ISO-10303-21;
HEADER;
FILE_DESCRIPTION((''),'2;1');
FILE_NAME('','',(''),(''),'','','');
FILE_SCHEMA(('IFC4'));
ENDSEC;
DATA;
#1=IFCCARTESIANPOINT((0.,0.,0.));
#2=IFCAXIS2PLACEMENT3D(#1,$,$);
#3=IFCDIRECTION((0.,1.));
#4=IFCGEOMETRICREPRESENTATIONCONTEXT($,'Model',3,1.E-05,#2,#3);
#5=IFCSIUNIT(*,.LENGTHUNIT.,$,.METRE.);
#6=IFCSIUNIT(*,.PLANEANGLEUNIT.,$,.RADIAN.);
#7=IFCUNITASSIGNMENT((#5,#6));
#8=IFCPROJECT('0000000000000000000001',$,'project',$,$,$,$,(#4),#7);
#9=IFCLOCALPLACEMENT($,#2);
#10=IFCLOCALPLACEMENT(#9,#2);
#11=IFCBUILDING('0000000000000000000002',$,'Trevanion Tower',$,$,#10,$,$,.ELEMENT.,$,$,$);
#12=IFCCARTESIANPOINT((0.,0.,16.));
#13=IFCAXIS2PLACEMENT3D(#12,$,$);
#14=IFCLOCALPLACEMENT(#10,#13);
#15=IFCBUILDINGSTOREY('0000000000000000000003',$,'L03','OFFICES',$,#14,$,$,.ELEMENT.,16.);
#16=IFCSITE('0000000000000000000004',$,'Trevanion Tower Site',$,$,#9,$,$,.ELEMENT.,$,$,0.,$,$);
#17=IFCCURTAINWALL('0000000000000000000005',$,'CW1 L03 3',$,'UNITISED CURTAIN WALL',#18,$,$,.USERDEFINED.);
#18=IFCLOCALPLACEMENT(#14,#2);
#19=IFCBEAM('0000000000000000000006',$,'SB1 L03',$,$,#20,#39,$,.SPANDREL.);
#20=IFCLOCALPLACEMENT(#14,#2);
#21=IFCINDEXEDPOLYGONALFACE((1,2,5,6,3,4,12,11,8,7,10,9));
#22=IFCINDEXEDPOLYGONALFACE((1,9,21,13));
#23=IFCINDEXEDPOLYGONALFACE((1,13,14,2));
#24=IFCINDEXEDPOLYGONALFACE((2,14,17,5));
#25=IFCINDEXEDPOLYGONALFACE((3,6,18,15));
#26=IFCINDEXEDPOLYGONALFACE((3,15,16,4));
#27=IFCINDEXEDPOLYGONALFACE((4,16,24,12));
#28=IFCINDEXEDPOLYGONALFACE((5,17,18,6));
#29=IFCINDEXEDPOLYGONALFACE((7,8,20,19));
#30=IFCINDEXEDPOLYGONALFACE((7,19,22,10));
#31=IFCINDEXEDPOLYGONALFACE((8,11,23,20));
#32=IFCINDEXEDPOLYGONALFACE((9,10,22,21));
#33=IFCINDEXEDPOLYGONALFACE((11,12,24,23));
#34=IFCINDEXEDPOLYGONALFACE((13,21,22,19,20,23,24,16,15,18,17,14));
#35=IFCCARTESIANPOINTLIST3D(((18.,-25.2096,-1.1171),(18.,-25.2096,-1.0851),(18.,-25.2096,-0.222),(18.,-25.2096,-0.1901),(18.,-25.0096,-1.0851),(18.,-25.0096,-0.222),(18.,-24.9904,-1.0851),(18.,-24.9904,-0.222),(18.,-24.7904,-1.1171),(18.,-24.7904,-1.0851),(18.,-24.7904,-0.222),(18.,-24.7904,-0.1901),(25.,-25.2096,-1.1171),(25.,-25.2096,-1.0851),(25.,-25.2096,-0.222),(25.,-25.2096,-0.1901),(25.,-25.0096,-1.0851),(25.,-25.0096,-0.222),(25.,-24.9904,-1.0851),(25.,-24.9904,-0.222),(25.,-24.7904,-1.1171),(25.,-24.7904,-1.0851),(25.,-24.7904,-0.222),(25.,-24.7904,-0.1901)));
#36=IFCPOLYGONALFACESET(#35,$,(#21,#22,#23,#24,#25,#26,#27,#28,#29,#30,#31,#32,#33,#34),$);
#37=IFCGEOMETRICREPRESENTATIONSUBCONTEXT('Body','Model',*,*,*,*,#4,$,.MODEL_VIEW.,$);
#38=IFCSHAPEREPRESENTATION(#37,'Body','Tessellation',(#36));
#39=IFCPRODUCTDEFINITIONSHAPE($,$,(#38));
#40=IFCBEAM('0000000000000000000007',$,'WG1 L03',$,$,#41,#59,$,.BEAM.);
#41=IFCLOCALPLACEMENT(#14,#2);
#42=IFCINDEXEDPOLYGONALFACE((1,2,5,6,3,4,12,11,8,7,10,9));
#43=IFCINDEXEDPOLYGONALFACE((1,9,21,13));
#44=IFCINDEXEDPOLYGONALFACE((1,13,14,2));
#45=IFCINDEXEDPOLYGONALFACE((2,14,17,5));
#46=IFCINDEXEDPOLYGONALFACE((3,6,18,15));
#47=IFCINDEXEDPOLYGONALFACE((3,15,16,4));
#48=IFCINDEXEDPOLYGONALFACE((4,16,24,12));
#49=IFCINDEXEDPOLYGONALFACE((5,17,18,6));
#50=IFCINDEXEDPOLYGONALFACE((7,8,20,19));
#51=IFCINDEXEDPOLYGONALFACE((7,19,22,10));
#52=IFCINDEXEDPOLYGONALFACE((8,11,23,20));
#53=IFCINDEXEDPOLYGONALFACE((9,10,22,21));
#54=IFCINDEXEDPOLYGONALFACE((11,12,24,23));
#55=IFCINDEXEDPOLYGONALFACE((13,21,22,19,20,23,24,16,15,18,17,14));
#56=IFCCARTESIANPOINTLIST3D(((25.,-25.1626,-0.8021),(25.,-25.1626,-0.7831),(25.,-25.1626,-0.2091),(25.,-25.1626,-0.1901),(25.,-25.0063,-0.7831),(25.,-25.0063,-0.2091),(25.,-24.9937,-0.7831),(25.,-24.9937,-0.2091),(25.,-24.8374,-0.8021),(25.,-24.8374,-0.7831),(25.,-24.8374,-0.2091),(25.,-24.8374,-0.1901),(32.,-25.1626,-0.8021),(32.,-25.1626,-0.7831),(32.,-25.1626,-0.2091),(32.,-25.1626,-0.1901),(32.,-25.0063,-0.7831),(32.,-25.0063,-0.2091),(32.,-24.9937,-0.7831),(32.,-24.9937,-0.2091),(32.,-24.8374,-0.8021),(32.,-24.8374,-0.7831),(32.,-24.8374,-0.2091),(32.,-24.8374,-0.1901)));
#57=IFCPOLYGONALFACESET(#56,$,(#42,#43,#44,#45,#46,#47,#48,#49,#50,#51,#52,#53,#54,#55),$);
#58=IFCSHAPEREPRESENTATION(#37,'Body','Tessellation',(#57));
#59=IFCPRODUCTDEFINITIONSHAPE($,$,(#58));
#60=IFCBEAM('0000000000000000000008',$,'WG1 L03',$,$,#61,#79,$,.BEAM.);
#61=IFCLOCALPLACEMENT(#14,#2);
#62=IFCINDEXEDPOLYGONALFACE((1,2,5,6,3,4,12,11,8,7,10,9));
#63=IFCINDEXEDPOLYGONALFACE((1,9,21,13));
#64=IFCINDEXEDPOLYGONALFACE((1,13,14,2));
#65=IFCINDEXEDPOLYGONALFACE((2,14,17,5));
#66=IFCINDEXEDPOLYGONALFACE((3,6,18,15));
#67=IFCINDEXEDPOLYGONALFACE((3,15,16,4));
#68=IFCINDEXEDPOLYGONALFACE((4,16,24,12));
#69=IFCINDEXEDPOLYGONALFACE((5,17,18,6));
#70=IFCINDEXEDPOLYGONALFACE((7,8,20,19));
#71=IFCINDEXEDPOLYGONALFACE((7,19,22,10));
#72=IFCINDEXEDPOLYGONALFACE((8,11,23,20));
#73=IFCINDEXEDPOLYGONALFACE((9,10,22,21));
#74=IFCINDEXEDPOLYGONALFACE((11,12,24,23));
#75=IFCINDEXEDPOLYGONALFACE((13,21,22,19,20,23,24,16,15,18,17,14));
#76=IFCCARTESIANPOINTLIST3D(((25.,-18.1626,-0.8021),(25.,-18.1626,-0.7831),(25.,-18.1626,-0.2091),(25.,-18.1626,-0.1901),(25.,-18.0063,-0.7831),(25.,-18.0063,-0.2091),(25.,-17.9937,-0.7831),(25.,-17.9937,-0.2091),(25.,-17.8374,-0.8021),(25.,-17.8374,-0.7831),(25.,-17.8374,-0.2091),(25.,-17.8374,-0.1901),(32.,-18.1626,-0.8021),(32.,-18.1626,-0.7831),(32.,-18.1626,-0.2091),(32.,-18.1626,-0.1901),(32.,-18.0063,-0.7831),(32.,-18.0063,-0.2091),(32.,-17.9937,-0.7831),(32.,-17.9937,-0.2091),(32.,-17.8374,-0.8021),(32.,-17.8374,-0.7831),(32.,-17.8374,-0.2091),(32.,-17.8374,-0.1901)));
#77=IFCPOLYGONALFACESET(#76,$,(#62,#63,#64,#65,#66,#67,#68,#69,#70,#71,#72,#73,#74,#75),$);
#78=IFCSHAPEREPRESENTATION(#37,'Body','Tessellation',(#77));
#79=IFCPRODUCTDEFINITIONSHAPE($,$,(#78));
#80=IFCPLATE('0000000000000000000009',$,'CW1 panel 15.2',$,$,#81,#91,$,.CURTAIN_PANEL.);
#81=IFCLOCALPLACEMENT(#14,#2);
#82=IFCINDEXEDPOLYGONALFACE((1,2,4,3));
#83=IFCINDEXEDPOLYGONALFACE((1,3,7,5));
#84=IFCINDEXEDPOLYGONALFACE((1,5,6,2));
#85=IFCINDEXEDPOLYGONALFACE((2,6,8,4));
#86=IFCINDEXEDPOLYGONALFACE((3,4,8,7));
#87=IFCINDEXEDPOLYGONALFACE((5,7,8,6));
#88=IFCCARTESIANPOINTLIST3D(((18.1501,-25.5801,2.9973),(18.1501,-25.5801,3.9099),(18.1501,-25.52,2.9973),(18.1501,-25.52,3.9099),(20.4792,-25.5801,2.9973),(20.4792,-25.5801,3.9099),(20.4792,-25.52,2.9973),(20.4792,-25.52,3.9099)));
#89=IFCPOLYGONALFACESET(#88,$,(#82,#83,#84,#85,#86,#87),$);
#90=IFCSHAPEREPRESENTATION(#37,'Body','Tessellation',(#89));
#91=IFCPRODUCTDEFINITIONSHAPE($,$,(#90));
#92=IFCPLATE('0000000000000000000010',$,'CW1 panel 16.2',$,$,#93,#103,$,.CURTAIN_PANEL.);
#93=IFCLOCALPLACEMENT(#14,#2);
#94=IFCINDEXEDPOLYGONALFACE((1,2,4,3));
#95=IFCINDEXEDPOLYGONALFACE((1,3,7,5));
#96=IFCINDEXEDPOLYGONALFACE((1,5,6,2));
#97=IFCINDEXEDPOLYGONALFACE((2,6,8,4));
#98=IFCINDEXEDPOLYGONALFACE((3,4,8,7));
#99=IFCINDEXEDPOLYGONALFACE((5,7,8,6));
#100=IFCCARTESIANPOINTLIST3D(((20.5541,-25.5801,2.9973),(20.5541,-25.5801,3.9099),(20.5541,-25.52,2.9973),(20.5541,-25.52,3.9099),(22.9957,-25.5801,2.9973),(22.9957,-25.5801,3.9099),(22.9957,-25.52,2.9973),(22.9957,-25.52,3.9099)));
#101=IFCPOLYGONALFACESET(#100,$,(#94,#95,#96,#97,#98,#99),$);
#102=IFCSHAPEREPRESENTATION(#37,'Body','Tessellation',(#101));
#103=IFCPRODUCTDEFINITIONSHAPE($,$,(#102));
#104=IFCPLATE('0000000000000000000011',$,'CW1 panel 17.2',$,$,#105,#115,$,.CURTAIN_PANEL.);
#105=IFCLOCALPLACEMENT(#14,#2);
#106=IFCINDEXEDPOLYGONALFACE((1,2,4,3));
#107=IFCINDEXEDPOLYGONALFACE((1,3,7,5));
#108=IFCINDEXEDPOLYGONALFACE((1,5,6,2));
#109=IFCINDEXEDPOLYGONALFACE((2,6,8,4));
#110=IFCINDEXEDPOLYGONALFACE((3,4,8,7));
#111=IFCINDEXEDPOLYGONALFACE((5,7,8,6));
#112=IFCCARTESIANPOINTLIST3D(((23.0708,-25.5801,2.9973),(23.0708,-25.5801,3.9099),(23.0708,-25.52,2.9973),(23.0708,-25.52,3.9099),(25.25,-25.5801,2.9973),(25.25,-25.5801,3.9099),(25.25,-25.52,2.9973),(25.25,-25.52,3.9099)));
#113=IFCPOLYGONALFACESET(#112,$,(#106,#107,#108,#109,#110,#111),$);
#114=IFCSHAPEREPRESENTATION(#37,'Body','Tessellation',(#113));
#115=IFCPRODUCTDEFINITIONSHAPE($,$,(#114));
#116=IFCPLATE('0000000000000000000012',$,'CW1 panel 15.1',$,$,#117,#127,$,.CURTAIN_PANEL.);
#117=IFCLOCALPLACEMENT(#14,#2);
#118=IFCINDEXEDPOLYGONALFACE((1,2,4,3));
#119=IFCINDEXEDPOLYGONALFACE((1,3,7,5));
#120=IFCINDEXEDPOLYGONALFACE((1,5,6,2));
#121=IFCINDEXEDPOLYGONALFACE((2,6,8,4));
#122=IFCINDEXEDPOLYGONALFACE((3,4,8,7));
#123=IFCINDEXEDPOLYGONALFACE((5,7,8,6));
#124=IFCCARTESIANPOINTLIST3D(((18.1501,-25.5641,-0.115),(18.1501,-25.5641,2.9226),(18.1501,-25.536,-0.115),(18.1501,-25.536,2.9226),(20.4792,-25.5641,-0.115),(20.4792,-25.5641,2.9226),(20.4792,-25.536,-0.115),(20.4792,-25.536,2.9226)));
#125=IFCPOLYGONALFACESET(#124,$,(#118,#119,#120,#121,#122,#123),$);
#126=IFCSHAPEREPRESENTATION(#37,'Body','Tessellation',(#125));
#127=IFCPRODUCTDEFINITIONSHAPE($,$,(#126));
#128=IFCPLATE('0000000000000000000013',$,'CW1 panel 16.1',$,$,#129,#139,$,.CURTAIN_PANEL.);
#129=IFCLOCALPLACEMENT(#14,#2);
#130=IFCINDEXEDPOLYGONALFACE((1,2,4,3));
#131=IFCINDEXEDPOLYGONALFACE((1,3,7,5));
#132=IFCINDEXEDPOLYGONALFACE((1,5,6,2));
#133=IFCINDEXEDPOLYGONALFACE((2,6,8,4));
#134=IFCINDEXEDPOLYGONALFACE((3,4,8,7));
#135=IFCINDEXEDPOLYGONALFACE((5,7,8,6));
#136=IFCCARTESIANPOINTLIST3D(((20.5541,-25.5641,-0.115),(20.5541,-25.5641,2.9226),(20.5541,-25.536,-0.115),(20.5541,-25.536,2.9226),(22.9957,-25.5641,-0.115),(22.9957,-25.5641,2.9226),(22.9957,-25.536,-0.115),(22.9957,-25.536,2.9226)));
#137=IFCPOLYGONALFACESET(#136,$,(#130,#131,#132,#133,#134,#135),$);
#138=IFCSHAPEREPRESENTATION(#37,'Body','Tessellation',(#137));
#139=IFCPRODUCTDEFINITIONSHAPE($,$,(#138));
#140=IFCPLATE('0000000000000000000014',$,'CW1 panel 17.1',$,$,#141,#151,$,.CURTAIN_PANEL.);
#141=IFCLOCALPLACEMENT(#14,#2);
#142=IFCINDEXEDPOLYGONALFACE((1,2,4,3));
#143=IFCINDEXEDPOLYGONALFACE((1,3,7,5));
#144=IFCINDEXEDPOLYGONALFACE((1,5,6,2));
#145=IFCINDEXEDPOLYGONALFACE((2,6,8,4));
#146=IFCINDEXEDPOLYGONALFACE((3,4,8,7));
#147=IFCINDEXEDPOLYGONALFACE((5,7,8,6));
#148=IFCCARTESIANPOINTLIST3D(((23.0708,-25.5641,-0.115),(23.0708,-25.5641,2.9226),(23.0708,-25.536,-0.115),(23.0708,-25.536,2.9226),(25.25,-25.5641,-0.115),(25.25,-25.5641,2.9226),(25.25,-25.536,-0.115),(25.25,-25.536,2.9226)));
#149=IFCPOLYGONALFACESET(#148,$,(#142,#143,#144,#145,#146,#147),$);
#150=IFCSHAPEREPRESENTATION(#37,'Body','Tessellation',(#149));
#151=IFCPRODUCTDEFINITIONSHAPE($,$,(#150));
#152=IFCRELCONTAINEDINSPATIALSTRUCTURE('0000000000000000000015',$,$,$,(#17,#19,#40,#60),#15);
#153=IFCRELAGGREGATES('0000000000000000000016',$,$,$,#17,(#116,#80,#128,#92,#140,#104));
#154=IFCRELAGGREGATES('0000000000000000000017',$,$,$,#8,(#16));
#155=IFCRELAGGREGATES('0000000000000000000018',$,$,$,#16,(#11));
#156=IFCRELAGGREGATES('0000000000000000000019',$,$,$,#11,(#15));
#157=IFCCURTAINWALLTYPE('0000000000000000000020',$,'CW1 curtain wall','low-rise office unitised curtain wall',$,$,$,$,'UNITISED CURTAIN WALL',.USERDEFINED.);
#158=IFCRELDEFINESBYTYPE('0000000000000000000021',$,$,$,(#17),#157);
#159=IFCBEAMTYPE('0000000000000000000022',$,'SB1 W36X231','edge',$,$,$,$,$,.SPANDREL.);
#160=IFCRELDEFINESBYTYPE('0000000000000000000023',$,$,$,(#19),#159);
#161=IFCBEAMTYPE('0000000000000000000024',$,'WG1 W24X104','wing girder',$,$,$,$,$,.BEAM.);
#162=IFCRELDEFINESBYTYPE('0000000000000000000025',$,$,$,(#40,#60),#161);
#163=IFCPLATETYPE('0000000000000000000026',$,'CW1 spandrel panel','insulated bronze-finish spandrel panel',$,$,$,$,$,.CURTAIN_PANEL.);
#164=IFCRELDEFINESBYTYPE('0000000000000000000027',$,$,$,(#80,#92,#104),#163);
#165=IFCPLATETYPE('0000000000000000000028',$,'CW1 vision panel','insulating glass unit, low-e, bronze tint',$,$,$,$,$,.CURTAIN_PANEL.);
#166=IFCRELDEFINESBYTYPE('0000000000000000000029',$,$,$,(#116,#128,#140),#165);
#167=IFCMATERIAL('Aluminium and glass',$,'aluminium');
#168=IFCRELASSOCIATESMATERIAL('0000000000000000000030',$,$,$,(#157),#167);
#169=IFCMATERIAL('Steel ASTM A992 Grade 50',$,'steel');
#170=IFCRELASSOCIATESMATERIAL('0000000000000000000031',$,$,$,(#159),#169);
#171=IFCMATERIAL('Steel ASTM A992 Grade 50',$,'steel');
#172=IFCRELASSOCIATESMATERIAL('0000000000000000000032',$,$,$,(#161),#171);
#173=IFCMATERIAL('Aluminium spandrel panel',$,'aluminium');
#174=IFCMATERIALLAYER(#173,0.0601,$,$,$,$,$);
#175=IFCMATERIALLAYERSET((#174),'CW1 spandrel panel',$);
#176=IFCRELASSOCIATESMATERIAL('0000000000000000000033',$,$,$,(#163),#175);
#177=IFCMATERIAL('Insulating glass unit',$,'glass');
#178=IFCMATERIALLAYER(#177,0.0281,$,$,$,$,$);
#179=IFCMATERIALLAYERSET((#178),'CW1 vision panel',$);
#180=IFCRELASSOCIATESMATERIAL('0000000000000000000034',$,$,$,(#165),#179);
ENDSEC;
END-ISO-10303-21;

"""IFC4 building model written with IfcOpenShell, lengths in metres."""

from ifc_helpers import new_model, si_unit, direction, frame, origin, origin_2d, place, context, subcontext, project, spatial, rectangle, i_section, extrude, material, layer, layer_set, material_profile, profile_set, type_object, element, aggregate, save


model = new_model("IFC4")

# Units and contexts
model_context = context("Model", 3, precision=1e-05, world=origin(), true_north=direction((0.0, 1.0)))
body_context = subcontext(model_context, "Body", "Model", "MODEL_VIEW")
ifc_project = project(units=[si_unit("LENGTHUNIT", "METRE"), si_unit("PLANEANGLEUNIT", "RADIAN")], contexts=[model_context])

# Site, building, storey
site_placement = place(None, origin())
site = spatial("IfcSite", under=ifc_project, at=site_placement, Name="Trevanion Tower Site", CompositionType="ELEMENT", RefElevation=0.0)
building_placement = place(site_placement, origin())
building = spatial("IfcBuilding", under=site, at=building_placement, Name="Trevanion Tower", CompositionType="ELEMENT")
storey_placement = place(building_placement, frame((0.0, 0.0, 16.0)))
storey = spatial("IfcBuildingStorey", under=building, at=storey_placement, Name="L03", Description="OFFICES", CompositionType="ELEMENT", Elevation=16.0)

# Curtain wall
ifc_material_1 = material(Name="Aluminium and glass", Category="aluminium")
curtain_wall_type = type_object("IfcCurtainWallType", Name="CW1 curtain wall", Description="low-rise office unitised curtain wall", ElementType="UNITISED CURTAIN WALL", PredefinedType="USERDEFINED", material=ifc_material_1)
curtain_wall_placement = place(storey_placement, origin())
curtain_wall = element("IfcCurtainWall", 1, at=curtain_wall_placement, inside=storey, type_object=curtain_wall_type, Name="CW1 L03 3", ObjectType="UNITISED CURTAIN WALL", PredefinedType="USERDEFINED")

# Beams
ifc_material_2 = material(Name="Steel ASTM A992 Grade 50", Category="steel")
ifc_material_profile_1 = material_profile(ifc_material_2, i_section(OverallWidth=0.4192, OverallDepth=0.927, WebThickness=0.0193, FlangeThickness=0.032, at=origin_2d()), Name="W36X231")
ifc_profile_set_1 = profile_set([ifc_material_profile_1], Name="Steel ASTM A992 Grade 50")
beam_type_1 = type_object("IfcBeamType", Name="SB1 W36X231", Description="edge", PredefinedType="SPANDREL", material=ifc_profile_set_1)
for number, where, z_axis, x_axis, name in (
    (2, (18.0, -25.0, -0.6536), (1.0, 0.0, 0.0), (0.0, 1.0, 0.0), "SB1 L03"),
):
    element("IfcBeam", number, at=place(storey_placement, frame(where, z_axis=z_axis, x_axis=x_axis)), inside=storey, type_object=beam_type_1, Name=name, PredefinedType="SPANDREL", context=body_context, shape_type="SweptSolid", body=[
        extrude(i_section(OverallWidth=0.4192, OverallDepth=0.927, WebThickness=0.0193, FlangeThickness=0.032, at=origin_2d()), origin(), (0.0, 0.0, 1.0), 7.0),
    ])
ifc_material_3 = material(Name="Steel ASTM A992 Grade 50", Category="steel")
ifc_material_profile_2 = material_profile(ifc_material_3, i_section(OverallWidth=0.3252, OverallDepth=0.6121, WebThickness=0.0127, FlangeThickness=0.019, at=origin_2d()), Name="W24X104")
ifc_profile_set_2 = profile_set([ifc_material_profile_2], Name="Steel ASTM A992 Grade 50")
beam_type_2 = type_object("IfcBeamType", Name="WG1 W24X104", Description="wing girder", PredefinedType="BEAM", material=ifc_profile_set_2)
for number, where, z_axis, x_axis, name in (
    (3, (25.0, -25.0, -0.4961), (1.0, 0.0, 0.0), (0.0, 1.0, 0.0), "WG1 L03"),
    (4, (25.0, -18.0, -0.4961), (1.0, 0.0, 0.0), (0.0, 1.0, 0.0), "WG1 L03"),
):
    element("IfcBeam", number, at=place(storey_placement, frame(where, z_axis=z_axis, x_axis=x_axis)), inside=storey, type_object=beam_type_2, Name=name, PredefinedType="BEAM", context=body_context, shape_type="SweptSolid", body=[
        extrude(i_section(OverallWidth=0.3252, OverallDepth=0.6121, WebThickness=0.0127, FlangeThickness=0.019, at=origin_2d()), origin(), (0.0, 0.0, 1.0), 7.0),
    ])

# Plates
ifc_material_4 = material(Name="Aluminium spandrel panel", Category="aluminium")
ifc_layer_1 = layer(ifc_material_4, 0.0601)
ifc_layer_set_1 = layer_set([ifc_layer_1], Name="CW1 spandrel panel")
plate_type_1 = type_object("IfcPlateType", Name="CW1 spandrel panel", Description="insulated bronze-finish spandrel panel", PredefinedType="CURTAIN_PANEL", material=ifc_layer_set_1)
plate_1_placement = place(storey_placement, frame((19.3147, -25.55, 2.9973), z_axis=(0.0, 0.0, 1.0), x_axis=(1.0, 0.0, 0.0)))
plate_1 = element("IfcPlate", 5, at=plate_1_placement, type_object=plate_type_1, Name="CW1 panel 15.2", PredefinedType="CURTAIN_PANEL", context=body_context, shape_type="SweptSolid", body=[
    extrude(rectangle(XDim=2.3291, YDim=0.0601, at=origin_2d()), origin(), (0.0, 0.0, 1.0), 0.9126),
])
plate_2_placement = place(storey_placement, frame((21.7749, -25.55, 2.9973), z_axis=(0.0, 0.0, 1.0), x_axis=(1.0, 0.0, 0.0)))
plate_2 = element("IfcPlate", 6, at=plate_2_placement, type_object=plate_type_1, Name="CW1 panel 16.2", PredefinedType="CURTAIN_PANEL", context=body_context, shape_type="SweptSolid", body=[
    extrude(rectangle(XDim=2.4417, YDim=0.0601, at=origin_2d()), origin(), (0.0, 0.0, 1.0), 0.9126),
])
plate_3_placement = place(storey_placement, frame((24.1604, -25.55, 2.9973), z_axis=(0.0, 0.0, 1.0), x_axis=(1.0, 0.0, 0.0)))
plate_3 = element("IfcPlate", 7, at=plate_3_placement, type_object=plate_type_1, Name="CW1 panel 17.2", PredefinedType="CURTAIN_PANEL", context=body_context, shape_type="SweptSolid", body=[
    extrude(rectangle(XDim=2.1792, YDim=0.0601, at=origin_2d()), origin(), (0.0, 0.0, 1.0), 0.9126),
])
ifc_material_5 = material(Name="Insulating glass unit", Category="glass")
ifc_layer_2 = layer(ifc_material_5, 0.0281)
ifc_layer_set_2 = layer_set([ifc_layer_2], Name="CW1 vision panel")
plate_type_2 = type_object("IfcPlateType", Name="CW1 vision panel", Description="insulating glass unit, low-e, bronze tint", PredefinedType="CURTAIN_PANEL", material=ifc_layer_set_2)
plate_4_placement = place(storey_placement, frame((19.3147, -25.55, -0.115), z_axis=(0.0, 0.0, 1.0), x_axis=(1.0, 0.0, 0.0)))
plate_4 = element("IfcPlate", 8, at=plate_4_placement, type_object=plate_type_2, Name="CW1 panel 15.1", PredefinedType="CURTAIN_PANEL", context=body_context, shape_type="SweptSolid", body=[
    extrude(rectangle(XDim=2.3291, YDim=0.0281, at=origin_2d()), origin(), (0.0, 0.0, 1.0), 3.0376),
])
plate_5_placement = place(storey_placement, frame((21.7749, -25.55, -0.115), z_axis=(0.0, 0.0, 1.0), x_axis=(1.0, 0.0, 0.0)))
plate_5 = element("IfcPlate", 9, at=plate_5_placement, type_object=plate_type_2, Name="CW1 panel 16.1", PredefinedType="CURTAIN_PANEL", context=body_context, shape_type="SweptSolid", body=[
    extrude(rectangle(XDim=2.4417, YDim=0.0281, at=origin_2d()), origin(), (0.0, 0.0, 1.0), 3.0376),
])
plate_6_placement = place(storey_placement, frame((24.1604, -25.55, -0.115), z_axis=(0.0, 0.0, 1.0), x_axis=(1.0, 0.0, 0.0)))
plate_6 = element("IfcPlate", 10, at=plate_6_placement, type_object=plate_type_2, Name="CW1 panel 17.1", PredefinedType="CURTAIN_PANEL", context=body_context, shape_type="SweptSolid", body=[
    extrude(rectangle(XDim=2.1792, YDim=0.0281, at=origin_2d()), origin(), (0.0, 0.0, 1.0), 3.0376),
])
aggregate(curtain_wall, [plate_4, plate_1, plate_5, plate_2, plate_6, plate_3])

save(model, "model.ifc")
